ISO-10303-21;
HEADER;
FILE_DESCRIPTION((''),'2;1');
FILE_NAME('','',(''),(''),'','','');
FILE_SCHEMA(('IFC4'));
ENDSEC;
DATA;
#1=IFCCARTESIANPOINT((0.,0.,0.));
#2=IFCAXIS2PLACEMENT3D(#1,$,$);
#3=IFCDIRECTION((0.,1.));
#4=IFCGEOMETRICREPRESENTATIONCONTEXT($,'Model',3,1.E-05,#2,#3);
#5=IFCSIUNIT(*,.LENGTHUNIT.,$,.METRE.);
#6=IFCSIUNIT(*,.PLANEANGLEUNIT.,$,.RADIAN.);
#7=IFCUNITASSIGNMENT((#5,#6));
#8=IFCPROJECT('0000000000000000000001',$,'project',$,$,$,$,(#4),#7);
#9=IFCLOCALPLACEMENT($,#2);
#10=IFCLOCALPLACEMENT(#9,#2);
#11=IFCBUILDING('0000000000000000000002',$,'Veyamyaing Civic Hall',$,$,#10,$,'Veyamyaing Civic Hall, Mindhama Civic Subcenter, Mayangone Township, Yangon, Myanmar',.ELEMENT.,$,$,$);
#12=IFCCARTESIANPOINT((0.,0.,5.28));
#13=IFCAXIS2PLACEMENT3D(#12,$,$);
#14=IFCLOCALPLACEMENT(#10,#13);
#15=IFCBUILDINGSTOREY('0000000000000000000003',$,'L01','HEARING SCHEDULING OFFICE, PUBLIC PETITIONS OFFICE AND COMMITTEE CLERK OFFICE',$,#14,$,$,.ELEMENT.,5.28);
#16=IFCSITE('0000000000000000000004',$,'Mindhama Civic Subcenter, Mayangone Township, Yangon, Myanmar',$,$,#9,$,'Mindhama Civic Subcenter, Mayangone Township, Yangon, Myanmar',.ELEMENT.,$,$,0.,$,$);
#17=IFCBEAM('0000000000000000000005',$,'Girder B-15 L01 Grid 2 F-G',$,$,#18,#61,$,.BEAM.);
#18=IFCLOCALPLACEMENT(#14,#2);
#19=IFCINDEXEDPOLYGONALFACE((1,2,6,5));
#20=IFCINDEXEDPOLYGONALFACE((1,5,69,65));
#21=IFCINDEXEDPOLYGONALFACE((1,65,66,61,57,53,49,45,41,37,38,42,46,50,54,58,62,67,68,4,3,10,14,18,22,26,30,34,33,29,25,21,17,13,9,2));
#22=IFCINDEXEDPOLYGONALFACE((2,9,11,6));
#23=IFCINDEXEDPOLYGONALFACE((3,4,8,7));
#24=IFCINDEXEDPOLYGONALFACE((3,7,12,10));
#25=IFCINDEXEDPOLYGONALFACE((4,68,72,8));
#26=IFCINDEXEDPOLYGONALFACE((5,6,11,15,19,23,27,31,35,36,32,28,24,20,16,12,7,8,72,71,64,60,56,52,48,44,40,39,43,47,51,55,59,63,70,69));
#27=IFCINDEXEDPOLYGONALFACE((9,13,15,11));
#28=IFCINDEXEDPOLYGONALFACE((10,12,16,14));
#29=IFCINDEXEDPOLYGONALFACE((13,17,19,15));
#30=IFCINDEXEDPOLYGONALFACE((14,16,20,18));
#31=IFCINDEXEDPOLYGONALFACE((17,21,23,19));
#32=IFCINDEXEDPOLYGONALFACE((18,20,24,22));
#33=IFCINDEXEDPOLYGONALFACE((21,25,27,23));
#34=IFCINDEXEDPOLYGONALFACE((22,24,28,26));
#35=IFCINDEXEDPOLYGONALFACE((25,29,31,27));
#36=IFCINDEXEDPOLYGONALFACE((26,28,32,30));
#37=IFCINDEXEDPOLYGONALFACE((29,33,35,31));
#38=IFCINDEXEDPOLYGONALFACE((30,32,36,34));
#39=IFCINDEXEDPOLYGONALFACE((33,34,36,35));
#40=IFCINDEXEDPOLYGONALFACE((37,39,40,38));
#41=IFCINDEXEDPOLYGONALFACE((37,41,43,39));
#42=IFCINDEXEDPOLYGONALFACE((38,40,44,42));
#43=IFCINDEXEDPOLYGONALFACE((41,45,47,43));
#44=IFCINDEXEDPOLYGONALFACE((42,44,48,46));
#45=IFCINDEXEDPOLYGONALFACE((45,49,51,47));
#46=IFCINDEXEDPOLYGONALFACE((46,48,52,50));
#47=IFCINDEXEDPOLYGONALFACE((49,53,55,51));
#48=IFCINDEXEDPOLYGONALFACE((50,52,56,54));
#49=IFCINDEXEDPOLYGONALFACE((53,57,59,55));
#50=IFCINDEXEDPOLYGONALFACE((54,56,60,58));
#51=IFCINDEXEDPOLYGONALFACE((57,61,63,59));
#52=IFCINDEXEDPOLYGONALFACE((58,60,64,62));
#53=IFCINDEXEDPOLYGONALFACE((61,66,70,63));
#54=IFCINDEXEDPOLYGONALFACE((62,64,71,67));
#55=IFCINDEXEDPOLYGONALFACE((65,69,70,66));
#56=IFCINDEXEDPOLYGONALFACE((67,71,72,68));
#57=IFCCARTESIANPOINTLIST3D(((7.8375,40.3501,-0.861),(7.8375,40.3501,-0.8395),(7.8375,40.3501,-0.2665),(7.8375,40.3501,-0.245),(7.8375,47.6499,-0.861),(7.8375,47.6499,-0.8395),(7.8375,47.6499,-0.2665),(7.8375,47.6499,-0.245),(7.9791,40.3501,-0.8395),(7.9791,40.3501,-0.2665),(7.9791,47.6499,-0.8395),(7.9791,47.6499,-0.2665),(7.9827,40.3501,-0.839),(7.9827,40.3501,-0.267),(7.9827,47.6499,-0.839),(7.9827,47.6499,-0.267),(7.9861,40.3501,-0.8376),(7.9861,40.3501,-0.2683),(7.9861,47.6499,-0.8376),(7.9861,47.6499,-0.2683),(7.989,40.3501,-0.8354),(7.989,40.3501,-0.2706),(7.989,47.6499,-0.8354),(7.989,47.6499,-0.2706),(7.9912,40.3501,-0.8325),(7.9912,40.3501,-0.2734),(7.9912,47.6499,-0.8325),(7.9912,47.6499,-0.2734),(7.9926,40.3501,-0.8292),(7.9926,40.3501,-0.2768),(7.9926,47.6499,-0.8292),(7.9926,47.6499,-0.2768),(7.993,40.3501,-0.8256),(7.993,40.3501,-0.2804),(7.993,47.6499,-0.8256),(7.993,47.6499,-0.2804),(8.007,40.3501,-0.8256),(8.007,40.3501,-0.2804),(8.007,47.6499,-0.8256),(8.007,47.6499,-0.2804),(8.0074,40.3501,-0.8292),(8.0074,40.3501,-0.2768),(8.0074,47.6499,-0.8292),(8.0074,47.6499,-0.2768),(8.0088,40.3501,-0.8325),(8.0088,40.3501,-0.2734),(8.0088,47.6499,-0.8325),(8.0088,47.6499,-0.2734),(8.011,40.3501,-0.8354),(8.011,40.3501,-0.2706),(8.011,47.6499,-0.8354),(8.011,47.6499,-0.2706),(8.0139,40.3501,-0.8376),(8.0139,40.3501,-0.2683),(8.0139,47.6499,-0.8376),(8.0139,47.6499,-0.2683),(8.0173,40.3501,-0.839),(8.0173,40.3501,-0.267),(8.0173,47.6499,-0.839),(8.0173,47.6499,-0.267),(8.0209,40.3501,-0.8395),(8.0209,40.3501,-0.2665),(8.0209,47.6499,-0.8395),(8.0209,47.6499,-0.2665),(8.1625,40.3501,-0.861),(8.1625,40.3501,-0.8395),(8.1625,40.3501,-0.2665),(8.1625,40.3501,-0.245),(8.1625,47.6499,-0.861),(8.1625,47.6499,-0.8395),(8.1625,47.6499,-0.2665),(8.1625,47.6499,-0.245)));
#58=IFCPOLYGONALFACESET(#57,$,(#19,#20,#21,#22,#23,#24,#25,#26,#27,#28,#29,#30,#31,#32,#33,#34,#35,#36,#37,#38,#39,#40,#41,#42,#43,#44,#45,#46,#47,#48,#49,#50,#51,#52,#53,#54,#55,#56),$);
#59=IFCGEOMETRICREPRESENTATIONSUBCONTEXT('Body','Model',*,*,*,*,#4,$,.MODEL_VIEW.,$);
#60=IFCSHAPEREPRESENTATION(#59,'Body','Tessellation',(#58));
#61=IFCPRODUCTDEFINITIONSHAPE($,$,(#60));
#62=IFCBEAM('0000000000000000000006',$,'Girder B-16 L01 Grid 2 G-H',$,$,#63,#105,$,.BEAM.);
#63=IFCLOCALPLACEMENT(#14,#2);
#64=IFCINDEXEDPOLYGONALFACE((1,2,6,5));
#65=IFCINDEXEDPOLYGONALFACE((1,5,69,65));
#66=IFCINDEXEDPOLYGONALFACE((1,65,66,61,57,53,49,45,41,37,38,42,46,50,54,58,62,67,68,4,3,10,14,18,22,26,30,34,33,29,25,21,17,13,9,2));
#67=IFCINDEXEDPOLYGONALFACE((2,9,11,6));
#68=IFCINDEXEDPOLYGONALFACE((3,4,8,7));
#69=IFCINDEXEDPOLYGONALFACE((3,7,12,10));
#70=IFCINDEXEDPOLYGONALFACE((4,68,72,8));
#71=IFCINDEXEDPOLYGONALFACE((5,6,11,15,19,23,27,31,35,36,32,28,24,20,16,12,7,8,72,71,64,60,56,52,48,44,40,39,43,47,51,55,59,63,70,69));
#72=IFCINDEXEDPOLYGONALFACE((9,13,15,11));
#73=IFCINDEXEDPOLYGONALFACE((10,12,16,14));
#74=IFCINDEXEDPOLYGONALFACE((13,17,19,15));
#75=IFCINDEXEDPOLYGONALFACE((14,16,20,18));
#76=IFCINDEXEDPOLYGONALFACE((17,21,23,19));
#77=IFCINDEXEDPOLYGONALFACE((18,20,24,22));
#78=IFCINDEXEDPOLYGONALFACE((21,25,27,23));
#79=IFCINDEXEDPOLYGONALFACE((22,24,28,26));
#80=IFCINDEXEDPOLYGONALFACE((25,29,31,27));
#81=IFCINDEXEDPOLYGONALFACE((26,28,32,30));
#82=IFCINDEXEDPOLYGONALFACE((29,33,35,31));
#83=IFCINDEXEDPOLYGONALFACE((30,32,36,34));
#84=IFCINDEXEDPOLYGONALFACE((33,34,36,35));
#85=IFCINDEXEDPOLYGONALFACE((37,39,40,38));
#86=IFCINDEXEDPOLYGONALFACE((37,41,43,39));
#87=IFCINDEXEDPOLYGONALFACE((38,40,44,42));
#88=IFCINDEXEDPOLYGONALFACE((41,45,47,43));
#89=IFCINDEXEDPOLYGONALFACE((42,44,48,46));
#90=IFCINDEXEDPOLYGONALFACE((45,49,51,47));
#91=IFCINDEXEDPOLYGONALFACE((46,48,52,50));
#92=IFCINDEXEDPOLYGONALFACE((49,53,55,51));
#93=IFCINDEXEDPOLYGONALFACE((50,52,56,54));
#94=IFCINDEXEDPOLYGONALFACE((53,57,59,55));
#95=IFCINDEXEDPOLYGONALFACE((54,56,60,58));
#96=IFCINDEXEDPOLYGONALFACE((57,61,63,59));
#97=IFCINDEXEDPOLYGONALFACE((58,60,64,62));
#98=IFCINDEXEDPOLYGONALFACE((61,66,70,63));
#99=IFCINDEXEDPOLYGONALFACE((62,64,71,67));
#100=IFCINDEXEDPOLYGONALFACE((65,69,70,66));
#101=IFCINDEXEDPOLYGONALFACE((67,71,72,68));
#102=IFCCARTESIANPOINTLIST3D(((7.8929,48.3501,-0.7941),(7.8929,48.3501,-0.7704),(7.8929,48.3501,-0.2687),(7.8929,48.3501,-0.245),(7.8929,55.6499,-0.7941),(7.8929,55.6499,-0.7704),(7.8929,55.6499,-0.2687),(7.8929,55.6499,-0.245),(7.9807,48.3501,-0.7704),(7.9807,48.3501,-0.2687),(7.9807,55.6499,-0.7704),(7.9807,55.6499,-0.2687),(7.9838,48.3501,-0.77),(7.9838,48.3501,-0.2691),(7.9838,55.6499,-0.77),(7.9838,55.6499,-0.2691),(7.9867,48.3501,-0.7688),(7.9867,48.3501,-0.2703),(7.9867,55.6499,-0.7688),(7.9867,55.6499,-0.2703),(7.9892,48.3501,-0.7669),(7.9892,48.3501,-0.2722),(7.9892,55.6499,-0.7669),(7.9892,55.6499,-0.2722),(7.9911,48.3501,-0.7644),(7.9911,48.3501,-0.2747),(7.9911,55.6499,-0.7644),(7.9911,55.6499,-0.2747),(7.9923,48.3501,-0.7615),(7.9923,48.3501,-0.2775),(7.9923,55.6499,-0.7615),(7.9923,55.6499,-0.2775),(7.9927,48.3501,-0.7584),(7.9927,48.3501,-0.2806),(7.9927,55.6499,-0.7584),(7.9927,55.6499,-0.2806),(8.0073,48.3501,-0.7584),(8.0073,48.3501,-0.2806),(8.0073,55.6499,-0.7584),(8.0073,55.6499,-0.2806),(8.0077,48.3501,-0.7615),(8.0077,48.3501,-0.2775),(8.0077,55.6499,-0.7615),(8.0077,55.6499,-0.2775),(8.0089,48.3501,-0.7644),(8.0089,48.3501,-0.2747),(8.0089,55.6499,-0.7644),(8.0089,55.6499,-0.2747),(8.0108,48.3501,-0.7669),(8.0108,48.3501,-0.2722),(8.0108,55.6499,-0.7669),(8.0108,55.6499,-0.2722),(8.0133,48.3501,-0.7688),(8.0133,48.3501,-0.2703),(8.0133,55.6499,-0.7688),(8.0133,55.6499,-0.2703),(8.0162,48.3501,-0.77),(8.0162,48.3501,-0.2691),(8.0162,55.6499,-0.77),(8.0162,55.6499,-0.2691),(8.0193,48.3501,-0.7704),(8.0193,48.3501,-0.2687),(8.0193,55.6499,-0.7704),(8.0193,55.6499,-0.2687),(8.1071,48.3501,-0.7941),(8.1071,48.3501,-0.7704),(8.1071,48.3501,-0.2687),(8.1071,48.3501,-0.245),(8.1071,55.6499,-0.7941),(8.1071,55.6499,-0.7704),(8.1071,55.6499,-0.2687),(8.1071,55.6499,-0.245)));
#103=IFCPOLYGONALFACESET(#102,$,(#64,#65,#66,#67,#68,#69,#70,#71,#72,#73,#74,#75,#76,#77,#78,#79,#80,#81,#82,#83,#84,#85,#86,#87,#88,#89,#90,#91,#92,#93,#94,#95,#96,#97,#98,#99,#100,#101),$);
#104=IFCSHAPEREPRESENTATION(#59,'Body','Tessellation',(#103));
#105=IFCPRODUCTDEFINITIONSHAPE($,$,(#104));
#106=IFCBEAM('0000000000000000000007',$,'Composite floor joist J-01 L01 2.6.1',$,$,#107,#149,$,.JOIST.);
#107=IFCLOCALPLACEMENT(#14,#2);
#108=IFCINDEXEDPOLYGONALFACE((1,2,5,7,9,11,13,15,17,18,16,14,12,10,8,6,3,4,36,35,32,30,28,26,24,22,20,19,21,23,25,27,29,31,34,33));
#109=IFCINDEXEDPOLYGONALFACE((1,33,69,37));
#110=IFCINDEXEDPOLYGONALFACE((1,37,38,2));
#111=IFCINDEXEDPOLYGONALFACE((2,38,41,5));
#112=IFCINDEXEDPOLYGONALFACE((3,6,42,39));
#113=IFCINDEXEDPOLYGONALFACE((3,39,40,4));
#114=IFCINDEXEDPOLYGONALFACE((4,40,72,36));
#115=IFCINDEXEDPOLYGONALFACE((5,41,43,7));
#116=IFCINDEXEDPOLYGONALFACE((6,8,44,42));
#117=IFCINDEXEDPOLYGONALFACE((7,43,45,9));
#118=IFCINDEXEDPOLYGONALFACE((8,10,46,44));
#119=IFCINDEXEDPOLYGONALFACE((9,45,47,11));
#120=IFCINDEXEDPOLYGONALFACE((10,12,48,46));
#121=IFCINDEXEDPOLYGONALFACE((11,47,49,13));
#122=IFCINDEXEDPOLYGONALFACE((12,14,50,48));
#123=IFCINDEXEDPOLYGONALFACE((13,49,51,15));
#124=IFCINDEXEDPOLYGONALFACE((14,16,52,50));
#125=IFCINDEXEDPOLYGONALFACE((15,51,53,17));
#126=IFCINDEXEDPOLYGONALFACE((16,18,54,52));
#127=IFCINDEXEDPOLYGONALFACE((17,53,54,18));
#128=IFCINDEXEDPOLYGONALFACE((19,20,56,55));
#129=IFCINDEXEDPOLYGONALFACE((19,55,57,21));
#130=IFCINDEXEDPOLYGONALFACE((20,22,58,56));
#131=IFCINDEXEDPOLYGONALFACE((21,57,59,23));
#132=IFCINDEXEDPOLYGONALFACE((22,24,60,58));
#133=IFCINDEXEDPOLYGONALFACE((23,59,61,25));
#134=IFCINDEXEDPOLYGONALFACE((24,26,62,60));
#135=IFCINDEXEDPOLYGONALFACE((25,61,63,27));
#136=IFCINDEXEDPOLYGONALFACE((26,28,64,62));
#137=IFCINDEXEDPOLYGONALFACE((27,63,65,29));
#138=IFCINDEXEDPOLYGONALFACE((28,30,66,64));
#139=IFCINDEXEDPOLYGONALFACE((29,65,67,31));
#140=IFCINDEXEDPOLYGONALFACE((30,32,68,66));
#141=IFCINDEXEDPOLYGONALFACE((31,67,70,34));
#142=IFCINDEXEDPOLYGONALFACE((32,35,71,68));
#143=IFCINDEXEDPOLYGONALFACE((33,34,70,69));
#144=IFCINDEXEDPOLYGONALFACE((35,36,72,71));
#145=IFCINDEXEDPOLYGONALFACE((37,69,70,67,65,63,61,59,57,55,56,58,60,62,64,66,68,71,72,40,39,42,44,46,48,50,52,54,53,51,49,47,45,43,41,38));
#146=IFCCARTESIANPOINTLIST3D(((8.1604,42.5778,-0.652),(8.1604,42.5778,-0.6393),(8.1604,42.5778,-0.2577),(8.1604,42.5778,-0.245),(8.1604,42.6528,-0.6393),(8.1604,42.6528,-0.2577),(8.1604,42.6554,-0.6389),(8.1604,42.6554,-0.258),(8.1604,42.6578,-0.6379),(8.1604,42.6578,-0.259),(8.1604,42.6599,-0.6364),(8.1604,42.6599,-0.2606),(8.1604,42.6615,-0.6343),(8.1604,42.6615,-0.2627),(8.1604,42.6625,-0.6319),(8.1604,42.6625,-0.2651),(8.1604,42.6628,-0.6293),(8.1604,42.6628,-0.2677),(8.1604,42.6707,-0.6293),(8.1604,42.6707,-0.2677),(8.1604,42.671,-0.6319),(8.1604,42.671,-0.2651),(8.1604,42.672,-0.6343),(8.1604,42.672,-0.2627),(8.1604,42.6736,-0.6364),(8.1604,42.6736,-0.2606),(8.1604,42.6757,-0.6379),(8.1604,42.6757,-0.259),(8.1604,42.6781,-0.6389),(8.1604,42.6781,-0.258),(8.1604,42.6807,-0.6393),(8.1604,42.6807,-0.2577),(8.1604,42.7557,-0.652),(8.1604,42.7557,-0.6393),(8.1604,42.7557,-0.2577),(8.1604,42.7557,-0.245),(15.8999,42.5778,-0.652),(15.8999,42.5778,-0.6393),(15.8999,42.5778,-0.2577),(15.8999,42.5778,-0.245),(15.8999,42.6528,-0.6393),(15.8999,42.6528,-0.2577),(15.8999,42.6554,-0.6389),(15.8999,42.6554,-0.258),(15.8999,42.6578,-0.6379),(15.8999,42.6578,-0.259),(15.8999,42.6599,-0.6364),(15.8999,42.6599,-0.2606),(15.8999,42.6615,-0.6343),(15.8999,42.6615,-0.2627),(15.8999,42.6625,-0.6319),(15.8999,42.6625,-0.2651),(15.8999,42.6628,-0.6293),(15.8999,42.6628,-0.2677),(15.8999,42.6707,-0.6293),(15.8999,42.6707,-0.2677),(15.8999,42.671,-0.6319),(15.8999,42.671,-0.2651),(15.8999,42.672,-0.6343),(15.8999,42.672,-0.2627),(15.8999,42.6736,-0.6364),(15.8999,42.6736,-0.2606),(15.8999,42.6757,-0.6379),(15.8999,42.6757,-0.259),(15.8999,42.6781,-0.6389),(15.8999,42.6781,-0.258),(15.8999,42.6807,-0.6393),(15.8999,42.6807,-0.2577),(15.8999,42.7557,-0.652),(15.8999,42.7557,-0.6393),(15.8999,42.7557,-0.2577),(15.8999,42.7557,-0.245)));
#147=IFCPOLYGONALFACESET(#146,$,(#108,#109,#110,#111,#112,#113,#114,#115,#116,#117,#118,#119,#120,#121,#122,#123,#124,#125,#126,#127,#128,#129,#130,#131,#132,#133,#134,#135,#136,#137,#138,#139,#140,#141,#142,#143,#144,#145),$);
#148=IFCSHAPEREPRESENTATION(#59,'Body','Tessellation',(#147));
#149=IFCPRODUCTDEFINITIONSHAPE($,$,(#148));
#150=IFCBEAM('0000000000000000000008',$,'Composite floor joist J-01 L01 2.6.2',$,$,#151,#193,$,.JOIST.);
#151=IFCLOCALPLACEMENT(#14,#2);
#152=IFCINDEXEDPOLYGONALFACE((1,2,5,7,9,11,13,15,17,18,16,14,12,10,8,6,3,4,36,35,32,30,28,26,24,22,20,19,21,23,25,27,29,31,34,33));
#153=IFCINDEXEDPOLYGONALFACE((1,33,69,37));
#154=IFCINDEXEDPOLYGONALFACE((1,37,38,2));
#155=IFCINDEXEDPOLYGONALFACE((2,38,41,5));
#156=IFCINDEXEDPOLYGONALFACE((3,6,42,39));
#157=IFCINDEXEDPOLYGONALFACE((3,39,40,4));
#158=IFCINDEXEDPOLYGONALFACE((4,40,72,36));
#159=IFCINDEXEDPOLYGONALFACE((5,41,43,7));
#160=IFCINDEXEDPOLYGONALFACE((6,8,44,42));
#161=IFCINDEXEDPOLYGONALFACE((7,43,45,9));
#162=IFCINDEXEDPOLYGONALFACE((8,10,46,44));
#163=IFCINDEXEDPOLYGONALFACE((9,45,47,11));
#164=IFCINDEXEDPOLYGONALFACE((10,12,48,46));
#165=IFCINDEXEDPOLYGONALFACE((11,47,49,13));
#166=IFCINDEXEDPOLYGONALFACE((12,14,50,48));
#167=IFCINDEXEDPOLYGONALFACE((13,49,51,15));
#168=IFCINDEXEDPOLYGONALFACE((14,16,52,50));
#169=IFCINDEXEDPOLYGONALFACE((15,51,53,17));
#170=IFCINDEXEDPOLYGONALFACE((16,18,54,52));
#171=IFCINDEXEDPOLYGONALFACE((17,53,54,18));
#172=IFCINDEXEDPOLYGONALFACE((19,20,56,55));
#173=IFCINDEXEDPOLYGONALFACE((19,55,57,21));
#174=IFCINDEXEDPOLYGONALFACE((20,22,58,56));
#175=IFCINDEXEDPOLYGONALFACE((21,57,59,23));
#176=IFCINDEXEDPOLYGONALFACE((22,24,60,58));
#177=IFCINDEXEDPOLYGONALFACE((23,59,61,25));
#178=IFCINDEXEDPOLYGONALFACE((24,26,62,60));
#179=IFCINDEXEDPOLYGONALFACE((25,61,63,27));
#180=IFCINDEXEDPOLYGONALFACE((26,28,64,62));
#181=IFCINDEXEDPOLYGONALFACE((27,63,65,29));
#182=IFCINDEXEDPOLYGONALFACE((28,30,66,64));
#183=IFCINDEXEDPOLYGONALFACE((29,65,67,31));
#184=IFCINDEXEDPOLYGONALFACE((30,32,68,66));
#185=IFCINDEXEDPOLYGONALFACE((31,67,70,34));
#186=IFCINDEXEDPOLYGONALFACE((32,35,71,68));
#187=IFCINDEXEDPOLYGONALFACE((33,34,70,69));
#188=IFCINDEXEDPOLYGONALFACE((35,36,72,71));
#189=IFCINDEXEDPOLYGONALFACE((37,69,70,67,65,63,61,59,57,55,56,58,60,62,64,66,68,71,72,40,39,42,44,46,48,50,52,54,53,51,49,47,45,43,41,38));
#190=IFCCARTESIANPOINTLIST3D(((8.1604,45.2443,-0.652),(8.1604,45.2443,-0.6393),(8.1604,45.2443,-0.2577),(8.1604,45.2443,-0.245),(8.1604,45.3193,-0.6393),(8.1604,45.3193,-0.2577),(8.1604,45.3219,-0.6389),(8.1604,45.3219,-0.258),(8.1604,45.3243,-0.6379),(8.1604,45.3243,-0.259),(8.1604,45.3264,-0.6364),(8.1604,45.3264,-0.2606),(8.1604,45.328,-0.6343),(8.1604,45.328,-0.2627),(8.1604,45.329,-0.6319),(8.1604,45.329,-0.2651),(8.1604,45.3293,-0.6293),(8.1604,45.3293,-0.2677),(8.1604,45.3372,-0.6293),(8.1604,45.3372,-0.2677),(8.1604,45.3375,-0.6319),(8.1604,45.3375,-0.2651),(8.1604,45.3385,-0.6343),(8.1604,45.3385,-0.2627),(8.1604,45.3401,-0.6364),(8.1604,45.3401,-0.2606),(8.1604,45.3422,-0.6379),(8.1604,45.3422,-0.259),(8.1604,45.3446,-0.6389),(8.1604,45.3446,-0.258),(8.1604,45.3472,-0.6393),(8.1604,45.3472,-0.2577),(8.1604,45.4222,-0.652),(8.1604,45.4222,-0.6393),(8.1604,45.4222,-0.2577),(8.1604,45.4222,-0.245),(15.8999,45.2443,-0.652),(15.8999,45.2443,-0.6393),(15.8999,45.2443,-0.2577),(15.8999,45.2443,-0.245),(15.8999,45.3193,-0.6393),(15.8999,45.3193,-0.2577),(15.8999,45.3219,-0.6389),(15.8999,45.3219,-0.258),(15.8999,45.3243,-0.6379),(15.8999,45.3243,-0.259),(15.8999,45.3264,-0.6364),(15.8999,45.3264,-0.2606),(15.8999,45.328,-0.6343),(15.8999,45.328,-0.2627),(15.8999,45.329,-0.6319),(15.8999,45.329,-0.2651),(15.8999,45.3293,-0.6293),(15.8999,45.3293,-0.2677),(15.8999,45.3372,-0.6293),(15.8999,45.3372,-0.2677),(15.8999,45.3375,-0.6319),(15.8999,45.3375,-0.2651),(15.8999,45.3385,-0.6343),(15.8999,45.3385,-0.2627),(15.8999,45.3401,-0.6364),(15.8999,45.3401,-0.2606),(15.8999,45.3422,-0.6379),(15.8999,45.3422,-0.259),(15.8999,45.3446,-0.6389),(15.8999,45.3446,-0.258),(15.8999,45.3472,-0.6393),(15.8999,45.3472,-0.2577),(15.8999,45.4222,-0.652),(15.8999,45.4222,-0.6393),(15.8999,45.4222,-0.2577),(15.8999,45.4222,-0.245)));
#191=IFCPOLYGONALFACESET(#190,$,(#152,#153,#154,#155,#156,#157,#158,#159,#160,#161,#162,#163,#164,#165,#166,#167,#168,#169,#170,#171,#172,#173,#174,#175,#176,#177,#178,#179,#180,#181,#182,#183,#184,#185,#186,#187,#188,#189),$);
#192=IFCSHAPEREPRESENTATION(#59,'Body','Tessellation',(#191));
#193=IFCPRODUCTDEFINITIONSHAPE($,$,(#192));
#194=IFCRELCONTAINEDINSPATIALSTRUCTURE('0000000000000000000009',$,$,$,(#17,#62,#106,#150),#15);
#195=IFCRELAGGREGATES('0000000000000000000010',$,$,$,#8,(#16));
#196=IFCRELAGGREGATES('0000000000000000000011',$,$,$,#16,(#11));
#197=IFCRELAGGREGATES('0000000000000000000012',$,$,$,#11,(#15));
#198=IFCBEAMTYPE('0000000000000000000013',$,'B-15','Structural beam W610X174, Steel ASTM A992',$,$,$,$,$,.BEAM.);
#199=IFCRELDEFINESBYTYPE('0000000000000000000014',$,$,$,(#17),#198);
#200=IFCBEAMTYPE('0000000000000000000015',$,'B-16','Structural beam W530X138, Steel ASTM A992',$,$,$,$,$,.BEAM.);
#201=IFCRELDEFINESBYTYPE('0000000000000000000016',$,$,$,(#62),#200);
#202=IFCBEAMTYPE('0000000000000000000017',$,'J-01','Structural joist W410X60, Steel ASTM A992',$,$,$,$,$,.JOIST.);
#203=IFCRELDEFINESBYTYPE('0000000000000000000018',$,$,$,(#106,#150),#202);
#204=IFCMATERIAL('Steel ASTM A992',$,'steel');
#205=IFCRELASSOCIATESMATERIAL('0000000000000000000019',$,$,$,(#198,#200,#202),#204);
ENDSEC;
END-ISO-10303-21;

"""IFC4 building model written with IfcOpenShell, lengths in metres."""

from ifc_helpers import new_model, si_unit, direction, frame, origin, origin_2d, place, context, subcontext, project, spatial, i_section, extrude, material, material_profile, profile_set, type_object, element, save


model = new_model("IFC4")

# Units and contexts
model_context = context("Model", 3, precision=1e-05, world=origin(), true_north=direction((0.0, 1.0)))
body_context = subcontext(model_context, "Body", "Model", "MODEL_VIEW")
ifc_project = project(units=[si_unit("LENGTHUNIT", "METRE"), si_unit("PLANEANGLEUNIT", "RADIAN")], contexts=[model_context])

# Site, building, storey
site_placement = place(None, origin())
site = spatial("IfcSite", under=ifc_project, at=site_placement, Name="Mindhama Civic Subcenter, Mayangone Township, Yangon, Myanmar", LongName="Mindhama Civic Subcenter, Mayangone Township, Yangon, Myanmar", CompositionType="ELEMENT", RefElevation=0.0)
building_placement = place(site_placement, origin())
building = spatial("IfcBuilding", under=site, at=building_placement, Name="Veyamyaing Civic Hall", LongName="Veyamyaing Civic Hall, Mindhama Civic Subcenter, Mayangone Township, Yangon, Myanmar", CompositionType="ELEMENT")
storey_placement = place(building_placement, frame((0.0, 0.0, 5.28)))
storey = spatial("IfcBuildingStorey", under=building, at=storey_placement, Name="L01", Description="HEARING SCHEDULING OFFICE, PUBLIC PETITIONS OFFICE AND COMMITTEE CLERK OFFICE", CompositionType="ELEMENT", Elevation=5.28)

# Beams
ifc_material_1 = material(Name="Steel ASTM A992", Category="steel")
ifc_material_profile_1 = material_profile(ifc_material_1, i_section(OverallWidth=0.325, OverallDepth=0.616, WebThickness=0.0139, FlangeThickness=0.0215, FilletRadius=0.0139, at=origin_2d()), Name="W610X174")
ifc_profile_set_1 = profile_set([ifc_material_profile_1], Name="Steel ASTM A992")
beam_type_1 = type_object("IfcBeamType", Name="B-15", Description="Structural beam W610X174, Steel ASTM A992", PredefinedType="BEAM", material=ifc_profile_set_1)
for number, where, z_axis, x_axis, name in (
    (1, (8.0, 40.3501, -0.553), (0.0, 1.0, 0.0), (-1.0, 0.0, 0.0), "Girder B-15 L01 Grid 2 F-G"),
):
    element("IfcBeam", number, at=place(storey_placement, frame(where, z_axis=z_axis, x_axis=x_axis)), inside=storey, type_object=beam_type_1, Name=name, PredefinedType="BEAM", context=body_context, shape_type="SweptSolid", body=[
        extrude(i_section(OverallWidth=0.325, OverallDepth=0.616, WebThickness=0.0139, FlangeThickness=0.0215, FilletRadius=0.0139, at=origin_2d()), origin(), (0.0, 0.0, 1.0), 7.2998),
    ])
ifc_material_profile_2 = material_profile(ifc_material_1, i_section(OverallWidth=0.2141, OverallDepth=0.5491, WebThickness=0.0146, FlangeThickness=0.0237, FilletRadius=0.012, at=origin_2d()), Name="W530X138")
ifc_profile_set_2 = profile_set([ifc_material_profile_2], Name="Steel ASTM A992")
beam_type_2 = type_object("IfcBeamType", Name="B-16", Description="Structural beam W530X138, Steel ASTM A992", PredefinedType="BEAM", material=ifc_profile_set_2)
beam_1_placement = place(storey_placement, frame((8.0, 48.3501, -0.5195), z_axis=(0.0, 1.0, 0.0), x_axis=(-1.0, 0.0, 0.0)))
element("IfcBeam", 2, at=beam_1_placement, inside=storey, type_object=beam_type_2, Name="Girder B-16 L01 Grid 2 G-H", PredefinedType="BEAM", context=body_context, shape_type="SweptSolid", body=[
    extrude(i_section(OverallWidth=0.2141, OverallDepth=0.5491, WebThickness=0.0146, FlangeThickness=0.0237, FilletRadius=0.012, at=origin_2d()), origin(), (0.0, 0.0, 1.0), 7.2998),
])
ifc_material_profile_3 = material_profile(ifc_material_1, i_section(OverallWidth=0.178, OverallDepth=0.407, WebThickness=0.0078, FlangeThickness=0.0127, FilletRadius=0.01, at=origin_2d()), Name="W410X60")
ifc_profile_set_3 = profile_set([ifc_material_profile_3], Name="Steel ASTM A992")
beam_type_3 = type_object("IfcBeamType", Name="J-01", Description="Structural joist W410X60, Steel ASTM A992", PredefinedType="JOIST", material=ifc_profile_set_3)
for number, where, z_axis, x_axis, name in (
    (3, (8.1604, 42.6667, -0.4485), (1.0, 0.0, 0.0), (0.0, 1.0, 0.0), "Composite floor joist J-01 L01 2.6.1"),
    (4, (8.1604, 45.3333, -0.4485), (1.0, 0.0, 0.0), (0.0, 1.0, 0.0), "Composite floor joist J-01 L01 2.6.2"),
):
    element("IfcBeam", number, at=place(storey_placement, frame(where, z_axis=z_axis, x_axis=x_axis)), inside=storey, type_object=beam_type_3, Name=name, PredefinedType="JOIST", context=body_context, shape_type="SweptSolid", body=[
        extrude(i_section(OverallWidth=0.178, OverallDepth=0.407, WebThickness=0.0078, FlangeThickness=0.0127, FilletRadius=0.01, at=origin_2d()), origin(), (0.0, 0.0, 1.0), 7.7395),
    ])

save(model, "model.ifc")
